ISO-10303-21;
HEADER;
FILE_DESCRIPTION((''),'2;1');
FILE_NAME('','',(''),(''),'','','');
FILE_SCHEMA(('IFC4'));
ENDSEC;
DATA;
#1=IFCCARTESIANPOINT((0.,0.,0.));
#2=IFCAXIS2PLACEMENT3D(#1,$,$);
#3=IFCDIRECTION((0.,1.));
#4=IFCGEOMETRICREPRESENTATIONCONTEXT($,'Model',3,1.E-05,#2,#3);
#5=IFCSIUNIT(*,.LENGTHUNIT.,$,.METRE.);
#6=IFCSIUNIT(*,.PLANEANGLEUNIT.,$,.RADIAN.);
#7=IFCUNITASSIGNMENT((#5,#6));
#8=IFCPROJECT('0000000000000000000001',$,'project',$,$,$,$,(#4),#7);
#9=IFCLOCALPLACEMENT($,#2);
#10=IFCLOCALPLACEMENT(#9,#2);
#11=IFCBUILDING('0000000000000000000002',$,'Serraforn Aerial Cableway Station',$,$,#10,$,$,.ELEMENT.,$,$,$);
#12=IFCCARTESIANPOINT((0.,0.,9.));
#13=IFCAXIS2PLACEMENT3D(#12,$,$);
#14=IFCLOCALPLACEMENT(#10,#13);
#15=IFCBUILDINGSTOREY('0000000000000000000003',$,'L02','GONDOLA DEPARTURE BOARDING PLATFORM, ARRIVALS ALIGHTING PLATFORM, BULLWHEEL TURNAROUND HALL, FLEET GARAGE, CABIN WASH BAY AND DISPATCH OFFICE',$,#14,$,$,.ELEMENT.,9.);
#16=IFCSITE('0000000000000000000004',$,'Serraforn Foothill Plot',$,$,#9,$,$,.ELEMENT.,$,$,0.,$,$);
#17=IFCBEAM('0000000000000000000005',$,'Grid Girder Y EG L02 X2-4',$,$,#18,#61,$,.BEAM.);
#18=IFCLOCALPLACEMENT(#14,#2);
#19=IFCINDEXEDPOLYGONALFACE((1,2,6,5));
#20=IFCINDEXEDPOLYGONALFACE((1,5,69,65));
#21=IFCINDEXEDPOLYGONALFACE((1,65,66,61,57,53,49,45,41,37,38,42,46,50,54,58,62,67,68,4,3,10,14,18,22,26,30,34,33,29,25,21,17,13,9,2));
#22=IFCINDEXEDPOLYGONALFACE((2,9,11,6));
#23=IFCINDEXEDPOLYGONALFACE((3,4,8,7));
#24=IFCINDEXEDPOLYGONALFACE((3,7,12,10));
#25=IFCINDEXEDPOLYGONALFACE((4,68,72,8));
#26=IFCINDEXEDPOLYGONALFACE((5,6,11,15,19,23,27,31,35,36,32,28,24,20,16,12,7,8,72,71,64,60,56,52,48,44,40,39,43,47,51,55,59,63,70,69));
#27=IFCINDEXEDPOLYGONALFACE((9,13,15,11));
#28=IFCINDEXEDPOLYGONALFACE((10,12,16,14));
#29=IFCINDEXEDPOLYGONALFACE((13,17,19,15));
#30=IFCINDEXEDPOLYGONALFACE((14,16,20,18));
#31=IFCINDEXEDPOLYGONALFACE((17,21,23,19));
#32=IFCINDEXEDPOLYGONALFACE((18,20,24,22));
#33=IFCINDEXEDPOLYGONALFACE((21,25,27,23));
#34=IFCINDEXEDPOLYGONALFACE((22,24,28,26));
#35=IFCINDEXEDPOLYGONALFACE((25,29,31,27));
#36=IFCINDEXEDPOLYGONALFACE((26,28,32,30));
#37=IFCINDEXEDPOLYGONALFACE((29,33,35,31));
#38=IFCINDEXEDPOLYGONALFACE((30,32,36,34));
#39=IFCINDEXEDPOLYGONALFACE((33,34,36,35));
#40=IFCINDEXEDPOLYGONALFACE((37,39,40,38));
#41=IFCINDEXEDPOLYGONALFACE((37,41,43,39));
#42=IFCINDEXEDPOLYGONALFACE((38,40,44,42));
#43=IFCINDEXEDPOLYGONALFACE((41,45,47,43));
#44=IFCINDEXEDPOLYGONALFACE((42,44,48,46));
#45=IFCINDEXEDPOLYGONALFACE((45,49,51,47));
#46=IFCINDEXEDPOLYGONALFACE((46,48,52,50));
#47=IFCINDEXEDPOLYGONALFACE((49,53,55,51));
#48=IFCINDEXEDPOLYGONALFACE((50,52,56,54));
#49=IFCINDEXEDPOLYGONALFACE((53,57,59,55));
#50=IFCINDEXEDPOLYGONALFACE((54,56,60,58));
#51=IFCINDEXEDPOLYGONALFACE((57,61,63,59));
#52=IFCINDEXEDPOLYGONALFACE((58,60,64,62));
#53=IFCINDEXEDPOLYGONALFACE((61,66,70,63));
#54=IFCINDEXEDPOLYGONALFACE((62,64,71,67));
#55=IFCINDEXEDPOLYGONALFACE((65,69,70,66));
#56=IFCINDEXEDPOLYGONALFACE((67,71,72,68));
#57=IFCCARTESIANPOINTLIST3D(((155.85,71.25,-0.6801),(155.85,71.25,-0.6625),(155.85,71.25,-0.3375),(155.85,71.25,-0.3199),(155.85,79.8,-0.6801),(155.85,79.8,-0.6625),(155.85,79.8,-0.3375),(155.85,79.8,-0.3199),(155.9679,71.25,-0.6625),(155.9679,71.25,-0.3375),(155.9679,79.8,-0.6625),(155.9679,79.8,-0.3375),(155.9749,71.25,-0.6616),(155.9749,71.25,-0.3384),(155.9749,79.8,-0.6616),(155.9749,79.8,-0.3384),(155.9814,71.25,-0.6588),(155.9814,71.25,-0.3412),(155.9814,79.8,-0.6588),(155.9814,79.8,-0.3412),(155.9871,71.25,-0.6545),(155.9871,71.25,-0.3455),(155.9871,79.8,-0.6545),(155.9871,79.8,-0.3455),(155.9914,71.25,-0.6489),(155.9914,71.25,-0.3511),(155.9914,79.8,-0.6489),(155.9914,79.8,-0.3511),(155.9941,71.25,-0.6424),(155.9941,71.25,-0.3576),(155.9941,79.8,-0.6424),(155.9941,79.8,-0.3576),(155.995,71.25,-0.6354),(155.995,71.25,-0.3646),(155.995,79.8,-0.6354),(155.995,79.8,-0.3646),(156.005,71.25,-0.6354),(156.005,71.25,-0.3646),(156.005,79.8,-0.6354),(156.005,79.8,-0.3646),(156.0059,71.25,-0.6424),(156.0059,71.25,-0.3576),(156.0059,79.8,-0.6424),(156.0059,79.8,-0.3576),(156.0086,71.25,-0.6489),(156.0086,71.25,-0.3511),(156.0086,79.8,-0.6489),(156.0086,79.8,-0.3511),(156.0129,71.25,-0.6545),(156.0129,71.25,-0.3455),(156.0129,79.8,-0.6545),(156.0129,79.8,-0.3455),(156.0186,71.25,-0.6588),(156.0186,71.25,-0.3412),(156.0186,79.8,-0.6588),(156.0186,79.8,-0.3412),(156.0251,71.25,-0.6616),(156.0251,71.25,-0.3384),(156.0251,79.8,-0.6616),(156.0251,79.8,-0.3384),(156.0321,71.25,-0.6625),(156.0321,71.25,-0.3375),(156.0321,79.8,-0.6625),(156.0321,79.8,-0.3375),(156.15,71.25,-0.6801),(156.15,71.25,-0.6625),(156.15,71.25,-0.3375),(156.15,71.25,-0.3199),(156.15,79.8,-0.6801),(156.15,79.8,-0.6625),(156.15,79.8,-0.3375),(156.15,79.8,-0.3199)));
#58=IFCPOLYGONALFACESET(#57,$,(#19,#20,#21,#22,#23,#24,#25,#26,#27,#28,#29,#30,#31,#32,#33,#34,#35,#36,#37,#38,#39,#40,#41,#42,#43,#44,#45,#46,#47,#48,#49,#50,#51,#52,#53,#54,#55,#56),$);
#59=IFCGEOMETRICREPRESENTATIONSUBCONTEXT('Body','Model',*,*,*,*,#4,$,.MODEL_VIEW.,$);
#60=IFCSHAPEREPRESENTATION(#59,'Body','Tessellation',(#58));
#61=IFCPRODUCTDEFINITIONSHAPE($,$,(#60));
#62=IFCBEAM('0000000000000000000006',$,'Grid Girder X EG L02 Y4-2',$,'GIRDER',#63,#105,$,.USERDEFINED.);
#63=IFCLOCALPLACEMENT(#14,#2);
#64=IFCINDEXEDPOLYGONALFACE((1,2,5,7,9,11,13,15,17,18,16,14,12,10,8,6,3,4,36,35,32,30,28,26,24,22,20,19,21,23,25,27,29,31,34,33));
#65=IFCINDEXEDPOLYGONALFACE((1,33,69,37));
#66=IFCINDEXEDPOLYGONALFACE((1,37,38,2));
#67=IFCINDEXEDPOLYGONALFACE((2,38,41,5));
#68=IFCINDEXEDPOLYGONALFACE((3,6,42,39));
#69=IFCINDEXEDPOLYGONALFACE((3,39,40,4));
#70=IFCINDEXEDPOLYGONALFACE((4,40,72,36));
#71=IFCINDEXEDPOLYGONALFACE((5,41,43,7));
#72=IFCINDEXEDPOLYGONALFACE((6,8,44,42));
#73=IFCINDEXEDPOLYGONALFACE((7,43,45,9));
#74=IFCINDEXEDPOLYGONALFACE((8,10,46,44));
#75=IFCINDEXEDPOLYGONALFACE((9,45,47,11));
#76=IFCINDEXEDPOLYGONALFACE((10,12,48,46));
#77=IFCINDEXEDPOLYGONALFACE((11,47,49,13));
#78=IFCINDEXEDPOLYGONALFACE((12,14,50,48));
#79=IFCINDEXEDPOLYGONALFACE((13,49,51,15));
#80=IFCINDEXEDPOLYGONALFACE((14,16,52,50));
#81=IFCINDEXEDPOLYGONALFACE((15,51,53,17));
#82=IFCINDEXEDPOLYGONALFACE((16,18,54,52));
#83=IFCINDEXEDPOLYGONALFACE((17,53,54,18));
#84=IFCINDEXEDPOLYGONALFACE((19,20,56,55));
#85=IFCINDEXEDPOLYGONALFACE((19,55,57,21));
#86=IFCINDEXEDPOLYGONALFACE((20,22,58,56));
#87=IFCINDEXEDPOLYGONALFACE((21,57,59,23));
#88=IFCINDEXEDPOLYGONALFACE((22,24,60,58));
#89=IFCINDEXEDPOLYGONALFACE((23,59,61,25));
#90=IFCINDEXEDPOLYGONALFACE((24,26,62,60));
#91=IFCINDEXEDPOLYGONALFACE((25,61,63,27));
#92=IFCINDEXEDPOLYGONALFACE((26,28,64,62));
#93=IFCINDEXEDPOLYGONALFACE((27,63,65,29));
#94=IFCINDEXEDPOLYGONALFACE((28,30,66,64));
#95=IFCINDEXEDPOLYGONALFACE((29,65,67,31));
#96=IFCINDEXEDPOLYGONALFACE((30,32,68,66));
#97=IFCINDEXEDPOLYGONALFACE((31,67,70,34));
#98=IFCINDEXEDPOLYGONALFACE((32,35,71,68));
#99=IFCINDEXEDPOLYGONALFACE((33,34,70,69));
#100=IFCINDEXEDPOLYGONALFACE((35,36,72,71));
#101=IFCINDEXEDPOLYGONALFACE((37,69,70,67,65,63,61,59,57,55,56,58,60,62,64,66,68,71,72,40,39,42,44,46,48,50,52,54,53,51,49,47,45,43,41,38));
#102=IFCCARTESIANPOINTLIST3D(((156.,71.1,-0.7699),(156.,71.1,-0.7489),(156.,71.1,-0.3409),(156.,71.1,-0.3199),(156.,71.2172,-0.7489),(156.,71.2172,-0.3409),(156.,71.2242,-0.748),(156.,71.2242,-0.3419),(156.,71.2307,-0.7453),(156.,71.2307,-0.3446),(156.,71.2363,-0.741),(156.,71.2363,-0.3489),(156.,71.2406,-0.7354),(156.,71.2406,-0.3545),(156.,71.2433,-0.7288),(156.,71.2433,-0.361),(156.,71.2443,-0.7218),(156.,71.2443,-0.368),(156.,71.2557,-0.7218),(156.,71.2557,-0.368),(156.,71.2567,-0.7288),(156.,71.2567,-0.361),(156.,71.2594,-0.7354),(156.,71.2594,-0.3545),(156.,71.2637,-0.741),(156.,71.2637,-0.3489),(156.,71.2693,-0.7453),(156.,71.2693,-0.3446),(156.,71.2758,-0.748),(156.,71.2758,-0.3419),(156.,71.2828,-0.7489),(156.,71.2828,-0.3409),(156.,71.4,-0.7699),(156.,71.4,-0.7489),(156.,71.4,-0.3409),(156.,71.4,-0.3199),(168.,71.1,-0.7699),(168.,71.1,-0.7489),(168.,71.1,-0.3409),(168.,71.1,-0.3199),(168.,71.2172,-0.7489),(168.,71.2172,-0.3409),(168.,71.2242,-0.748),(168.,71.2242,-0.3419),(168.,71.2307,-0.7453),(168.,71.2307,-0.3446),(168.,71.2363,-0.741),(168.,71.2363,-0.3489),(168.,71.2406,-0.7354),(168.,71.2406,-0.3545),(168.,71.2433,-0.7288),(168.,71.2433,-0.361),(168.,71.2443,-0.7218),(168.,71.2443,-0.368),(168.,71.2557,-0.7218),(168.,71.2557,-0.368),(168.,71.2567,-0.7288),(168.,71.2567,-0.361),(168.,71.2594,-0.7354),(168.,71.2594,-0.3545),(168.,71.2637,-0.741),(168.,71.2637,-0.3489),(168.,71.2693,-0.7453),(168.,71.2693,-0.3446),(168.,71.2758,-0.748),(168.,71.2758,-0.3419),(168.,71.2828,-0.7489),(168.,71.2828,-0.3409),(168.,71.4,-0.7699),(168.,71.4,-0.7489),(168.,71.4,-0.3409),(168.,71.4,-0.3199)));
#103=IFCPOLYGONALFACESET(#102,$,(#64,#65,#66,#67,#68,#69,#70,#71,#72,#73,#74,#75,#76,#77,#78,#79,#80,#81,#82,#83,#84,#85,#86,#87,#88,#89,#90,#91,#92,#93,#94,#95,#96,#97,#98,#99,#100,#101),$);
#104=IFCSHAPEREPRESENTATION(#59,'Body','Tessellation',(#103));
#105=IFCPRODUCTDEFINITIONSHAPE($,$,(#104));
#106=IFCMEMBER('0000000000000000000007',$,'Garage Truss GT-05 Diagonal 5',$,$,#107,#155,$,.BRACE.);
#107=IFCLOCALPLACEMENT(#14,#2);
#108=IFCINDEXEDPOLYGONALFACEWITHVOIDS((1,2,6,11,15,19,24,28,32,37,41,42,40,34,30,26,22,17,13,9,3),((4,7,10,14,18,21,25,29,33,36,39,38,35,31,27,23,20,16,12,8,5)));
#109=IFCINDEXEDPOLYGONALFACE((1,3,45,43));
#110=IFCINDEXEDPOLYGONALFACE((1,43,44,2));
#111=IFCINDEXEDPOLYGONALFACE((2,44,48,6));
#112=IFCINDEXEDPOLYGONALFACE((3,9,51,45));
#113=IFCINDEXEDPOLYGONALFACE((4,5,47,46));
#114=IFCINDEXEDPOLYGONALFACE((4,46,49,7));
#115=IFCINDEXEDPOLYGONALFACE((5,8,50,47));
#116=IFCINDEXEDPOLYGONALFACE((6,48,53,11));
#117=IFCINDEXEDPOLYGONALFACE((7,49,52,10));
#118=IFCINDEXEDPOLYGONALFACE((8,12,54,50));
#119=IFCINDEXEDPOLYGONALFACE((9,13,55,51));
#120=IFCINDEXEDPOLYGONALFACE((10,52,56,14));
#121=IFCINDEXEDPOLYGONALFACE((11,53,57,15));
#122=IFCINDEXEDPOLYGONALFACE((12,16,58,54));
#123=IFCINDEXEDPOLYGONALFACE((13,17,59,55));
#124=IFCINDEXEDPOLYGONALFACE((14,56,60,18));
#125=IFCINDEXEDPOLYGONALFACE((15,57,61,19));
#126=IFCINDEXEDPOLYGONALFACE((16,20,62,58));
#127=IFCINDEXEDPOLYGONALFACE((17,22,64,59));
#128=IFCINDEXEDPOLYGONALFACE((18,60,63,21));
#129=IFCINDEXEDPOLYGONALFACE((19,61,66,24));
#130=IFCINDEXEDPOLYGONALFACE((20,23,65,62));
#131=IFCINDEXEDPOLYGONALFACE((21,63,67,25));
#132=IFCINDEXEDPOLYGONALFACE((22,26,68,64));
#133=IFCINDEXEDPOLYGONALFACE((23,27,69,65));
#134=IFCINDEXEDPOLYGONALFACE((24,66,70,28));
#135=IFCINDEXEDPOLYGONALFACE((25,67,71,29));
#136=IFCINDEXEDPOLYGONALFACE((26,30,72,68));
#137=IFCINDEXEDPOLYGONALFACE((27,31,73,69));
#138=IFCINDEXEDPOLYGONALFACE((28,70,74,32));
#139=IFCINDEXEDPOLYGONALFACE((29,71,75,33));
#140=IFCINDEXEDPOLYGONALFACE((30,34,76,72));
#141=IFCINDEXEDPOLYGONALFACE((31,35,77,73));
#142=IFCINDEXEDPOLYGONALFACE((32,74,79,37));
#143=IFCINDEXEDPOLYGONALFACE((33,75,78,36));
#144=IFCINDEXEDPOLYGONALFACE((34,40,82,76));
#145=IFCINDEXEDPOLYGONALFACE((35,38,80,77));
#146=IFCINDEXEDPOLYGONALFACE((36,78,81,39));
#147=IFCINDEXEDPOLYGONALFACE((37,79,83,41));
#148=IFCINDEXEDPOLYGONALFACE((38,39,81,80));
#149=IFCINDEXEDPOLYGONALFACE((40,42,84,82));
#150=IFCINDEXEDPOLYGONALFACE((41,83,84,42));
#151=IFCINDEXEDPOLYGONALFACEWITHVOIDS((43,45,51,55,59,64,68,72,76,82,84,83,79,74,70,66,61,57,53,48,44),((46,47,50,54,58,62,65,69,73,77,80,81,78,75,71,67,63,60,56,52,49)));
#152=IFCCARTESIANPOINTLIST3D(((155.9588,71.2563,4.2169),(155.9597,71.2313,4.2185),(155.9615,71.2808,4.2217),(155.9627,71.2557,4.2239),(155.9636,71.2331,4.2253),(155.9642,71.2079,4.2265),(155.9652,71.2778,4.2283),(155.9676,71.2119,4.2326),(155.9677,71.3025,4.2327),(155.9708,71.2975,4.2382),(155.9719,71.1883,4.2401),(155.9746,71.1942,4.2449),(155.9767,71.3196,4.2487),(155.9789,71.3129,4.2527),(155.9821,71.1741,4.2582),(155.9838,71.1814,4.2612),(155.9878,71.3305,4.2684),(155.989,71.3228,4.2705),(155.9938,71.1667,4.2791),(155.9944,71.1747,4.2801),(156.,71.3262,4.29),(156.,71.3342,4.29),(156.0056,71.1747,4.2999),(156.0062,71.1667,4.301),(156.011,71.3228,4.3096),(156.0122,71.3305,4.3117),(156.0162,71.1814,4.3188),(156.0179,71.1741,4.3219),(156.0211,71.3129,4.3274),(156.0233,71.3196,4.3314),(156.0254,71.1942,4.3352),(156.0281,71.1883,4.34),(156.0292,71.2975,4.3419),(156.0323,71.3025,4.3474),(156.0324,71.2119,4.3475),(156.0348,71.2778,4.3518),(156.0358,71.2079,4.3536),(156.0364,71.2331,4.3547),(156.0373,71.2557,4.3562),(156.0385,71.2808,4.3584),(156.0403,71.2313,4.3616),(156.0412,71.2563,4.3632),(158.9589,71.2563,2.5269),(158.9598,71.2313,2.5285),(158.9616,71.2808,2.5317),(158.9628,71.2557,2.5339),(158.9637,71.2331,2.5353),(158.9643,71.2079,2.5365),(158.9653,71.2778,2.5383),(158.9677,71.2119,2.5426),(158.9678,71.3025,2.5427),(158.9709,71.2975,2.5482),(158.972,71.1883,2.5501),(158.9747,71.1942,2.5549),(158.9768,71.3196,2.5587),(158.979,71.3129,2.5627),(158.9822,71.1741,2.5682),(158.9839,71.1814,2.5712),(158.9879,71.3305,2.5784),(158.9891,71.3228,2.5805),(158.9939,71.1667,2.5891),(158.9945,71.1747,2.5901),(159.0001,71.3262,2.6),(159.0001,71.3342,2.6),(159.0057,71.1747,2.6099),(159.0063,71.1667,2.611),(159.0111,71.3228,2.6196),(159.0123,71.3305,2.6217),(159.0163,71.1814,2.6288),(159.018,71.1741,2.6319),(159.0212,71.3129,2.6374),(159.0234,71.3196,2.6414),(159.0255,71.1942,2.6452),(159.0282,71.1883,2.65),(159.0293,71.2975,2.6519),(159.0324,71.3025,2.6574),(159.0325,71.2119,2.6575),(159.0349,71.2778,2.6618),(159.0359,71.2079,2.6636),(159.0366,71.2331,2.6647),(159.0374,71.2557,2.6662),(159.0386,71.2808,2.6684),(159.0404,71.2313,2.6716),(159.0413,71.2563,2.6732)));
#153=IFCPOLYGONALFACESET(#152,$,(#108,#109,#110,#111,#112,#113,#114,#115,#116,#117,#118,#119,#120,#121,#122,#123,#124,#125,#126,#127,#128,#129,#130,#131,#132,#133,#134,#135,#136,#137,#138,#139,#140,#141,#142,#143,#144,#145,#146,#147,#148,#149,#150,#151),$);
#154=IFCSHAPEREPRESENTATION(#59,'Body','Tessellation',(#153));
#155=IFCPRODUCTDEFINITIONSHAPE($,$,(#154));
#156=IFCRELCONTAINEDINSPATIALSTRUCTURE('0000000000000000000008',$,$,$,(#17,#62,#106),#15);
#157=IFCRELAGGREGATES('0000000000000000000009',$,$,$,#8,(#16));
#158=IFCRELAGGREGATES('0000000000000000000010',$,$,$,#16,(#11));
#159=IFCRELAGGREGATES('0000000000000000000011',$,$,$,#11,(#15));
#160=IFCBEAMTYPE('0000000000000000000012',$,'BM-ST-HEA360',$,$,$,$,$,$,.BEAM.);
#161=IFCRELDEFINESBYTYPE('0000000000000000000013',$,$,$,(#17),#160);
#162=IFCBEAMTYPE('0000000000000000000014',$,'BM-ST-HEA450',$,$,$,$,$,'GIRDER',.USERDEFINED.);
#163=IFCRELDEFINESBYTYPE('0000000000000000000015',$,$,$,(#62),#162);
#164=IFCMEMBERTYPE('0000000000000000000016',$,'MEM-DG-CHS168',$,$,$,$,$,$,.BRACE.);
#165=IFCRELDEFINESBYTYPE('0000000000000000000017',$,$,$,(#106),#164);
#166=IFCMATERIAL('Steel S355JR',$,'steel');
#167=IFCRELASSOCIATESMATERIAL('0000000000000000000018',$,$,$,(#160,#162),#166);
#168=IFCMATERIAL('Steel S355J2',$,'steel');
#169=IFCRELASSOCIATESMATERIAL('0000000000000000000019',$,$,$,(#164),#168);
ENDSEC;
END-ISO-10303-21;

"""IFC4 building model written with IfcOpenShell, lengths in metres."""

from ifc_helpers import new_model, si_unit, direction, frame, origin, origin_2d, place, context, subcontext, project, spatial, hollow_circle, i_section, extrude, material, material_profile, profile_set, type_object, element, save


model = new_model("IFC4")

# Units and contexts
model_context = context("Model", 3, precision=1e-05, world=origin(), true_north=direction((0.0, 1.0)))
body_context = subcontext(model_context, "Body", "Model", "MODEL_VIEW")
ifc_project = project(units=[si_unit("LENGTHUNIT", "METRE"), si_unit("PLANEANGLEUNIT", "RADIAN")], contexts=[model_context])

# Site, building, storey
site_placement = place(None, origin())
site = spatial("IfcSite", under=ifc_project, at=site_placement, Name="Serraforn Foothill Plot", CompositionType="ELEMENT", RefElevation=0.0)
building_placement = place(site_placement, origin())
building = spatial("IfcBuilding", under=site, at=building_placement, Name="Serraforn Aerial Cableway Station", CompositionType="ELEMENT")
storey_placement = place(building_placement, frame((0.0, 0.0, 9.0)))
storey = spatial("IfcBuildingStorey", under=building, at=storey_placement, Name="L02", Description="GONDOLA DEPARTURE BOARDING PLATFORM, ARRIVALS ALIGHTING PLATFORM, BULLWHEEL TURNAROUND HALL, FLEET GARAGE, CABIN WASH BAY AND DISPATCH OFFICE", CompositionType="ELEMENT", Elevation=9.0)

# Beams
ifc_material_1 = material(Name="Steel S355JR", Category="steel")
ifc_material_profile_1 = material_profile(ifc_material_1, i_section(OverallWidth=0.3, OverallDepth=0.3601, WebThickness=0.01, FlangeThickness=0.0176, FilletRadius=0.0271, at=origin_2d()), Name="HEA 360")
ifc_profile_set_1 = profile_set([ifc_material_profile_1], Name="Steel S355JR")
beam_type_1 = type_object("IfcBeamType", Name="BM-ST-HEA360", PredefinedType="BEAM", material=ifc_profile_set_1)
beam_1_placement = place(storey_placement, frame((156.0, 71.25, -0.5), z_axis=(0.0, 1.0, 0.0), x_axis=(-1.0, 0.0, 0.0)))
element("IfcBeam", 1, at=beam_1_placement, inside=storey, type_object=beam_type_1, Name="Grid Girder Y EG L02 X2-4", PredefinedType="BEAM", context=body_context, shape_type="SweptSolid", body=[
    extrude(i_section(OverallWidth=0.3, OverallDepth=0.3601, WebThickness=0.01, FlangeThickness=0.0176, FilletRadius=0.0271, at=origin_2d()), origin(), (0.0, 0.0, 1.0), 8.55),
])
ifc_material_profile_2 = material_profile(ifc_material_1, i_section(OverallWidth=0.3, OverallDepth=0.45, WebThickness=0.0115, FlangeThickness=0.021, FilletRadius=0.0271, at=origin_2d()), Name="HEA 450")
ifc_profile_set_2 = profile_set([ifc_material_profile_2], Name="Steel S355JR")
beam_type_2 = type_object("IfcBeamType", Name="BM-ST-HEA450", ElementType="GIRDER", PredefinedType="USERDEFINED", material=ifc_profile_set_2)
beam_2_placement = place(storey_placement, frame((156.0, 71.25, -0.5449), z_axis=(1.0, 0.0, 0.0), x_axis=(0.0, 1.0, 0.0)))
element("IfcBeam", 2, at=beam_2_placement, inside=storey, type_object=beam_type_2, Name="Grid Girder X EG L02 Y4-2", ObjectType="GIRDER", PredefinedType="USERDEFINED", context=body_context, shape_type="SweptSolid", body=[
    extrude(i_section(OverallWidth=0.3, OverallDepth=0.45, WebThickness=0.0115, FlangeThickness=0.021, FilletRadius=0.0271, at=origin_2d()), origin(), (0.0, 0.0, 1.0), 12.0),
])

# Member
ifc_material_2 = material(Name="Steel S355J2", Category="steel")
ifc_material_profile_3 = material_profile(ifc_material_2, hollow_circle(Radius=0.0842, WallThickness=0.0081, at=origin_2d()), Name="CHS 168.3x8.0")
ifc_profile_set_3 = profile_set([ifc_material_profile_3], Name="Steel S355J2")
member_type_1 = type_object("IfcMemberType", Name="MEM-DG-CHS168", PredefinedType="BRACE", material=ifc_profile_set_3)
for number, where, z_axis, x_axis, name in (
    (3, (156.0, 71.25, 4.29), (0.871272, 0.0, -0.4908), (0.0, 1.0, 0.0), "Garage Truss GT-05 Diagonal 5"),
):
    element("IfcMember", number, at=place(storey_placement, frame(where, z_axis=z_axis, x_axis=x_axis)), inside=storey, type_object=member_type_1, Name=name, PredefinedType="BRACE", context=body_context, shape_type="SweptSolid", body=[
        extrude(hollow_circle(Radius=0.0842, WallThickness=0.0081, at=origin_2d()), origin(), (0.0, 0.0, 1.0), 3.4434),
    ])

save(model, "model.ifc")
